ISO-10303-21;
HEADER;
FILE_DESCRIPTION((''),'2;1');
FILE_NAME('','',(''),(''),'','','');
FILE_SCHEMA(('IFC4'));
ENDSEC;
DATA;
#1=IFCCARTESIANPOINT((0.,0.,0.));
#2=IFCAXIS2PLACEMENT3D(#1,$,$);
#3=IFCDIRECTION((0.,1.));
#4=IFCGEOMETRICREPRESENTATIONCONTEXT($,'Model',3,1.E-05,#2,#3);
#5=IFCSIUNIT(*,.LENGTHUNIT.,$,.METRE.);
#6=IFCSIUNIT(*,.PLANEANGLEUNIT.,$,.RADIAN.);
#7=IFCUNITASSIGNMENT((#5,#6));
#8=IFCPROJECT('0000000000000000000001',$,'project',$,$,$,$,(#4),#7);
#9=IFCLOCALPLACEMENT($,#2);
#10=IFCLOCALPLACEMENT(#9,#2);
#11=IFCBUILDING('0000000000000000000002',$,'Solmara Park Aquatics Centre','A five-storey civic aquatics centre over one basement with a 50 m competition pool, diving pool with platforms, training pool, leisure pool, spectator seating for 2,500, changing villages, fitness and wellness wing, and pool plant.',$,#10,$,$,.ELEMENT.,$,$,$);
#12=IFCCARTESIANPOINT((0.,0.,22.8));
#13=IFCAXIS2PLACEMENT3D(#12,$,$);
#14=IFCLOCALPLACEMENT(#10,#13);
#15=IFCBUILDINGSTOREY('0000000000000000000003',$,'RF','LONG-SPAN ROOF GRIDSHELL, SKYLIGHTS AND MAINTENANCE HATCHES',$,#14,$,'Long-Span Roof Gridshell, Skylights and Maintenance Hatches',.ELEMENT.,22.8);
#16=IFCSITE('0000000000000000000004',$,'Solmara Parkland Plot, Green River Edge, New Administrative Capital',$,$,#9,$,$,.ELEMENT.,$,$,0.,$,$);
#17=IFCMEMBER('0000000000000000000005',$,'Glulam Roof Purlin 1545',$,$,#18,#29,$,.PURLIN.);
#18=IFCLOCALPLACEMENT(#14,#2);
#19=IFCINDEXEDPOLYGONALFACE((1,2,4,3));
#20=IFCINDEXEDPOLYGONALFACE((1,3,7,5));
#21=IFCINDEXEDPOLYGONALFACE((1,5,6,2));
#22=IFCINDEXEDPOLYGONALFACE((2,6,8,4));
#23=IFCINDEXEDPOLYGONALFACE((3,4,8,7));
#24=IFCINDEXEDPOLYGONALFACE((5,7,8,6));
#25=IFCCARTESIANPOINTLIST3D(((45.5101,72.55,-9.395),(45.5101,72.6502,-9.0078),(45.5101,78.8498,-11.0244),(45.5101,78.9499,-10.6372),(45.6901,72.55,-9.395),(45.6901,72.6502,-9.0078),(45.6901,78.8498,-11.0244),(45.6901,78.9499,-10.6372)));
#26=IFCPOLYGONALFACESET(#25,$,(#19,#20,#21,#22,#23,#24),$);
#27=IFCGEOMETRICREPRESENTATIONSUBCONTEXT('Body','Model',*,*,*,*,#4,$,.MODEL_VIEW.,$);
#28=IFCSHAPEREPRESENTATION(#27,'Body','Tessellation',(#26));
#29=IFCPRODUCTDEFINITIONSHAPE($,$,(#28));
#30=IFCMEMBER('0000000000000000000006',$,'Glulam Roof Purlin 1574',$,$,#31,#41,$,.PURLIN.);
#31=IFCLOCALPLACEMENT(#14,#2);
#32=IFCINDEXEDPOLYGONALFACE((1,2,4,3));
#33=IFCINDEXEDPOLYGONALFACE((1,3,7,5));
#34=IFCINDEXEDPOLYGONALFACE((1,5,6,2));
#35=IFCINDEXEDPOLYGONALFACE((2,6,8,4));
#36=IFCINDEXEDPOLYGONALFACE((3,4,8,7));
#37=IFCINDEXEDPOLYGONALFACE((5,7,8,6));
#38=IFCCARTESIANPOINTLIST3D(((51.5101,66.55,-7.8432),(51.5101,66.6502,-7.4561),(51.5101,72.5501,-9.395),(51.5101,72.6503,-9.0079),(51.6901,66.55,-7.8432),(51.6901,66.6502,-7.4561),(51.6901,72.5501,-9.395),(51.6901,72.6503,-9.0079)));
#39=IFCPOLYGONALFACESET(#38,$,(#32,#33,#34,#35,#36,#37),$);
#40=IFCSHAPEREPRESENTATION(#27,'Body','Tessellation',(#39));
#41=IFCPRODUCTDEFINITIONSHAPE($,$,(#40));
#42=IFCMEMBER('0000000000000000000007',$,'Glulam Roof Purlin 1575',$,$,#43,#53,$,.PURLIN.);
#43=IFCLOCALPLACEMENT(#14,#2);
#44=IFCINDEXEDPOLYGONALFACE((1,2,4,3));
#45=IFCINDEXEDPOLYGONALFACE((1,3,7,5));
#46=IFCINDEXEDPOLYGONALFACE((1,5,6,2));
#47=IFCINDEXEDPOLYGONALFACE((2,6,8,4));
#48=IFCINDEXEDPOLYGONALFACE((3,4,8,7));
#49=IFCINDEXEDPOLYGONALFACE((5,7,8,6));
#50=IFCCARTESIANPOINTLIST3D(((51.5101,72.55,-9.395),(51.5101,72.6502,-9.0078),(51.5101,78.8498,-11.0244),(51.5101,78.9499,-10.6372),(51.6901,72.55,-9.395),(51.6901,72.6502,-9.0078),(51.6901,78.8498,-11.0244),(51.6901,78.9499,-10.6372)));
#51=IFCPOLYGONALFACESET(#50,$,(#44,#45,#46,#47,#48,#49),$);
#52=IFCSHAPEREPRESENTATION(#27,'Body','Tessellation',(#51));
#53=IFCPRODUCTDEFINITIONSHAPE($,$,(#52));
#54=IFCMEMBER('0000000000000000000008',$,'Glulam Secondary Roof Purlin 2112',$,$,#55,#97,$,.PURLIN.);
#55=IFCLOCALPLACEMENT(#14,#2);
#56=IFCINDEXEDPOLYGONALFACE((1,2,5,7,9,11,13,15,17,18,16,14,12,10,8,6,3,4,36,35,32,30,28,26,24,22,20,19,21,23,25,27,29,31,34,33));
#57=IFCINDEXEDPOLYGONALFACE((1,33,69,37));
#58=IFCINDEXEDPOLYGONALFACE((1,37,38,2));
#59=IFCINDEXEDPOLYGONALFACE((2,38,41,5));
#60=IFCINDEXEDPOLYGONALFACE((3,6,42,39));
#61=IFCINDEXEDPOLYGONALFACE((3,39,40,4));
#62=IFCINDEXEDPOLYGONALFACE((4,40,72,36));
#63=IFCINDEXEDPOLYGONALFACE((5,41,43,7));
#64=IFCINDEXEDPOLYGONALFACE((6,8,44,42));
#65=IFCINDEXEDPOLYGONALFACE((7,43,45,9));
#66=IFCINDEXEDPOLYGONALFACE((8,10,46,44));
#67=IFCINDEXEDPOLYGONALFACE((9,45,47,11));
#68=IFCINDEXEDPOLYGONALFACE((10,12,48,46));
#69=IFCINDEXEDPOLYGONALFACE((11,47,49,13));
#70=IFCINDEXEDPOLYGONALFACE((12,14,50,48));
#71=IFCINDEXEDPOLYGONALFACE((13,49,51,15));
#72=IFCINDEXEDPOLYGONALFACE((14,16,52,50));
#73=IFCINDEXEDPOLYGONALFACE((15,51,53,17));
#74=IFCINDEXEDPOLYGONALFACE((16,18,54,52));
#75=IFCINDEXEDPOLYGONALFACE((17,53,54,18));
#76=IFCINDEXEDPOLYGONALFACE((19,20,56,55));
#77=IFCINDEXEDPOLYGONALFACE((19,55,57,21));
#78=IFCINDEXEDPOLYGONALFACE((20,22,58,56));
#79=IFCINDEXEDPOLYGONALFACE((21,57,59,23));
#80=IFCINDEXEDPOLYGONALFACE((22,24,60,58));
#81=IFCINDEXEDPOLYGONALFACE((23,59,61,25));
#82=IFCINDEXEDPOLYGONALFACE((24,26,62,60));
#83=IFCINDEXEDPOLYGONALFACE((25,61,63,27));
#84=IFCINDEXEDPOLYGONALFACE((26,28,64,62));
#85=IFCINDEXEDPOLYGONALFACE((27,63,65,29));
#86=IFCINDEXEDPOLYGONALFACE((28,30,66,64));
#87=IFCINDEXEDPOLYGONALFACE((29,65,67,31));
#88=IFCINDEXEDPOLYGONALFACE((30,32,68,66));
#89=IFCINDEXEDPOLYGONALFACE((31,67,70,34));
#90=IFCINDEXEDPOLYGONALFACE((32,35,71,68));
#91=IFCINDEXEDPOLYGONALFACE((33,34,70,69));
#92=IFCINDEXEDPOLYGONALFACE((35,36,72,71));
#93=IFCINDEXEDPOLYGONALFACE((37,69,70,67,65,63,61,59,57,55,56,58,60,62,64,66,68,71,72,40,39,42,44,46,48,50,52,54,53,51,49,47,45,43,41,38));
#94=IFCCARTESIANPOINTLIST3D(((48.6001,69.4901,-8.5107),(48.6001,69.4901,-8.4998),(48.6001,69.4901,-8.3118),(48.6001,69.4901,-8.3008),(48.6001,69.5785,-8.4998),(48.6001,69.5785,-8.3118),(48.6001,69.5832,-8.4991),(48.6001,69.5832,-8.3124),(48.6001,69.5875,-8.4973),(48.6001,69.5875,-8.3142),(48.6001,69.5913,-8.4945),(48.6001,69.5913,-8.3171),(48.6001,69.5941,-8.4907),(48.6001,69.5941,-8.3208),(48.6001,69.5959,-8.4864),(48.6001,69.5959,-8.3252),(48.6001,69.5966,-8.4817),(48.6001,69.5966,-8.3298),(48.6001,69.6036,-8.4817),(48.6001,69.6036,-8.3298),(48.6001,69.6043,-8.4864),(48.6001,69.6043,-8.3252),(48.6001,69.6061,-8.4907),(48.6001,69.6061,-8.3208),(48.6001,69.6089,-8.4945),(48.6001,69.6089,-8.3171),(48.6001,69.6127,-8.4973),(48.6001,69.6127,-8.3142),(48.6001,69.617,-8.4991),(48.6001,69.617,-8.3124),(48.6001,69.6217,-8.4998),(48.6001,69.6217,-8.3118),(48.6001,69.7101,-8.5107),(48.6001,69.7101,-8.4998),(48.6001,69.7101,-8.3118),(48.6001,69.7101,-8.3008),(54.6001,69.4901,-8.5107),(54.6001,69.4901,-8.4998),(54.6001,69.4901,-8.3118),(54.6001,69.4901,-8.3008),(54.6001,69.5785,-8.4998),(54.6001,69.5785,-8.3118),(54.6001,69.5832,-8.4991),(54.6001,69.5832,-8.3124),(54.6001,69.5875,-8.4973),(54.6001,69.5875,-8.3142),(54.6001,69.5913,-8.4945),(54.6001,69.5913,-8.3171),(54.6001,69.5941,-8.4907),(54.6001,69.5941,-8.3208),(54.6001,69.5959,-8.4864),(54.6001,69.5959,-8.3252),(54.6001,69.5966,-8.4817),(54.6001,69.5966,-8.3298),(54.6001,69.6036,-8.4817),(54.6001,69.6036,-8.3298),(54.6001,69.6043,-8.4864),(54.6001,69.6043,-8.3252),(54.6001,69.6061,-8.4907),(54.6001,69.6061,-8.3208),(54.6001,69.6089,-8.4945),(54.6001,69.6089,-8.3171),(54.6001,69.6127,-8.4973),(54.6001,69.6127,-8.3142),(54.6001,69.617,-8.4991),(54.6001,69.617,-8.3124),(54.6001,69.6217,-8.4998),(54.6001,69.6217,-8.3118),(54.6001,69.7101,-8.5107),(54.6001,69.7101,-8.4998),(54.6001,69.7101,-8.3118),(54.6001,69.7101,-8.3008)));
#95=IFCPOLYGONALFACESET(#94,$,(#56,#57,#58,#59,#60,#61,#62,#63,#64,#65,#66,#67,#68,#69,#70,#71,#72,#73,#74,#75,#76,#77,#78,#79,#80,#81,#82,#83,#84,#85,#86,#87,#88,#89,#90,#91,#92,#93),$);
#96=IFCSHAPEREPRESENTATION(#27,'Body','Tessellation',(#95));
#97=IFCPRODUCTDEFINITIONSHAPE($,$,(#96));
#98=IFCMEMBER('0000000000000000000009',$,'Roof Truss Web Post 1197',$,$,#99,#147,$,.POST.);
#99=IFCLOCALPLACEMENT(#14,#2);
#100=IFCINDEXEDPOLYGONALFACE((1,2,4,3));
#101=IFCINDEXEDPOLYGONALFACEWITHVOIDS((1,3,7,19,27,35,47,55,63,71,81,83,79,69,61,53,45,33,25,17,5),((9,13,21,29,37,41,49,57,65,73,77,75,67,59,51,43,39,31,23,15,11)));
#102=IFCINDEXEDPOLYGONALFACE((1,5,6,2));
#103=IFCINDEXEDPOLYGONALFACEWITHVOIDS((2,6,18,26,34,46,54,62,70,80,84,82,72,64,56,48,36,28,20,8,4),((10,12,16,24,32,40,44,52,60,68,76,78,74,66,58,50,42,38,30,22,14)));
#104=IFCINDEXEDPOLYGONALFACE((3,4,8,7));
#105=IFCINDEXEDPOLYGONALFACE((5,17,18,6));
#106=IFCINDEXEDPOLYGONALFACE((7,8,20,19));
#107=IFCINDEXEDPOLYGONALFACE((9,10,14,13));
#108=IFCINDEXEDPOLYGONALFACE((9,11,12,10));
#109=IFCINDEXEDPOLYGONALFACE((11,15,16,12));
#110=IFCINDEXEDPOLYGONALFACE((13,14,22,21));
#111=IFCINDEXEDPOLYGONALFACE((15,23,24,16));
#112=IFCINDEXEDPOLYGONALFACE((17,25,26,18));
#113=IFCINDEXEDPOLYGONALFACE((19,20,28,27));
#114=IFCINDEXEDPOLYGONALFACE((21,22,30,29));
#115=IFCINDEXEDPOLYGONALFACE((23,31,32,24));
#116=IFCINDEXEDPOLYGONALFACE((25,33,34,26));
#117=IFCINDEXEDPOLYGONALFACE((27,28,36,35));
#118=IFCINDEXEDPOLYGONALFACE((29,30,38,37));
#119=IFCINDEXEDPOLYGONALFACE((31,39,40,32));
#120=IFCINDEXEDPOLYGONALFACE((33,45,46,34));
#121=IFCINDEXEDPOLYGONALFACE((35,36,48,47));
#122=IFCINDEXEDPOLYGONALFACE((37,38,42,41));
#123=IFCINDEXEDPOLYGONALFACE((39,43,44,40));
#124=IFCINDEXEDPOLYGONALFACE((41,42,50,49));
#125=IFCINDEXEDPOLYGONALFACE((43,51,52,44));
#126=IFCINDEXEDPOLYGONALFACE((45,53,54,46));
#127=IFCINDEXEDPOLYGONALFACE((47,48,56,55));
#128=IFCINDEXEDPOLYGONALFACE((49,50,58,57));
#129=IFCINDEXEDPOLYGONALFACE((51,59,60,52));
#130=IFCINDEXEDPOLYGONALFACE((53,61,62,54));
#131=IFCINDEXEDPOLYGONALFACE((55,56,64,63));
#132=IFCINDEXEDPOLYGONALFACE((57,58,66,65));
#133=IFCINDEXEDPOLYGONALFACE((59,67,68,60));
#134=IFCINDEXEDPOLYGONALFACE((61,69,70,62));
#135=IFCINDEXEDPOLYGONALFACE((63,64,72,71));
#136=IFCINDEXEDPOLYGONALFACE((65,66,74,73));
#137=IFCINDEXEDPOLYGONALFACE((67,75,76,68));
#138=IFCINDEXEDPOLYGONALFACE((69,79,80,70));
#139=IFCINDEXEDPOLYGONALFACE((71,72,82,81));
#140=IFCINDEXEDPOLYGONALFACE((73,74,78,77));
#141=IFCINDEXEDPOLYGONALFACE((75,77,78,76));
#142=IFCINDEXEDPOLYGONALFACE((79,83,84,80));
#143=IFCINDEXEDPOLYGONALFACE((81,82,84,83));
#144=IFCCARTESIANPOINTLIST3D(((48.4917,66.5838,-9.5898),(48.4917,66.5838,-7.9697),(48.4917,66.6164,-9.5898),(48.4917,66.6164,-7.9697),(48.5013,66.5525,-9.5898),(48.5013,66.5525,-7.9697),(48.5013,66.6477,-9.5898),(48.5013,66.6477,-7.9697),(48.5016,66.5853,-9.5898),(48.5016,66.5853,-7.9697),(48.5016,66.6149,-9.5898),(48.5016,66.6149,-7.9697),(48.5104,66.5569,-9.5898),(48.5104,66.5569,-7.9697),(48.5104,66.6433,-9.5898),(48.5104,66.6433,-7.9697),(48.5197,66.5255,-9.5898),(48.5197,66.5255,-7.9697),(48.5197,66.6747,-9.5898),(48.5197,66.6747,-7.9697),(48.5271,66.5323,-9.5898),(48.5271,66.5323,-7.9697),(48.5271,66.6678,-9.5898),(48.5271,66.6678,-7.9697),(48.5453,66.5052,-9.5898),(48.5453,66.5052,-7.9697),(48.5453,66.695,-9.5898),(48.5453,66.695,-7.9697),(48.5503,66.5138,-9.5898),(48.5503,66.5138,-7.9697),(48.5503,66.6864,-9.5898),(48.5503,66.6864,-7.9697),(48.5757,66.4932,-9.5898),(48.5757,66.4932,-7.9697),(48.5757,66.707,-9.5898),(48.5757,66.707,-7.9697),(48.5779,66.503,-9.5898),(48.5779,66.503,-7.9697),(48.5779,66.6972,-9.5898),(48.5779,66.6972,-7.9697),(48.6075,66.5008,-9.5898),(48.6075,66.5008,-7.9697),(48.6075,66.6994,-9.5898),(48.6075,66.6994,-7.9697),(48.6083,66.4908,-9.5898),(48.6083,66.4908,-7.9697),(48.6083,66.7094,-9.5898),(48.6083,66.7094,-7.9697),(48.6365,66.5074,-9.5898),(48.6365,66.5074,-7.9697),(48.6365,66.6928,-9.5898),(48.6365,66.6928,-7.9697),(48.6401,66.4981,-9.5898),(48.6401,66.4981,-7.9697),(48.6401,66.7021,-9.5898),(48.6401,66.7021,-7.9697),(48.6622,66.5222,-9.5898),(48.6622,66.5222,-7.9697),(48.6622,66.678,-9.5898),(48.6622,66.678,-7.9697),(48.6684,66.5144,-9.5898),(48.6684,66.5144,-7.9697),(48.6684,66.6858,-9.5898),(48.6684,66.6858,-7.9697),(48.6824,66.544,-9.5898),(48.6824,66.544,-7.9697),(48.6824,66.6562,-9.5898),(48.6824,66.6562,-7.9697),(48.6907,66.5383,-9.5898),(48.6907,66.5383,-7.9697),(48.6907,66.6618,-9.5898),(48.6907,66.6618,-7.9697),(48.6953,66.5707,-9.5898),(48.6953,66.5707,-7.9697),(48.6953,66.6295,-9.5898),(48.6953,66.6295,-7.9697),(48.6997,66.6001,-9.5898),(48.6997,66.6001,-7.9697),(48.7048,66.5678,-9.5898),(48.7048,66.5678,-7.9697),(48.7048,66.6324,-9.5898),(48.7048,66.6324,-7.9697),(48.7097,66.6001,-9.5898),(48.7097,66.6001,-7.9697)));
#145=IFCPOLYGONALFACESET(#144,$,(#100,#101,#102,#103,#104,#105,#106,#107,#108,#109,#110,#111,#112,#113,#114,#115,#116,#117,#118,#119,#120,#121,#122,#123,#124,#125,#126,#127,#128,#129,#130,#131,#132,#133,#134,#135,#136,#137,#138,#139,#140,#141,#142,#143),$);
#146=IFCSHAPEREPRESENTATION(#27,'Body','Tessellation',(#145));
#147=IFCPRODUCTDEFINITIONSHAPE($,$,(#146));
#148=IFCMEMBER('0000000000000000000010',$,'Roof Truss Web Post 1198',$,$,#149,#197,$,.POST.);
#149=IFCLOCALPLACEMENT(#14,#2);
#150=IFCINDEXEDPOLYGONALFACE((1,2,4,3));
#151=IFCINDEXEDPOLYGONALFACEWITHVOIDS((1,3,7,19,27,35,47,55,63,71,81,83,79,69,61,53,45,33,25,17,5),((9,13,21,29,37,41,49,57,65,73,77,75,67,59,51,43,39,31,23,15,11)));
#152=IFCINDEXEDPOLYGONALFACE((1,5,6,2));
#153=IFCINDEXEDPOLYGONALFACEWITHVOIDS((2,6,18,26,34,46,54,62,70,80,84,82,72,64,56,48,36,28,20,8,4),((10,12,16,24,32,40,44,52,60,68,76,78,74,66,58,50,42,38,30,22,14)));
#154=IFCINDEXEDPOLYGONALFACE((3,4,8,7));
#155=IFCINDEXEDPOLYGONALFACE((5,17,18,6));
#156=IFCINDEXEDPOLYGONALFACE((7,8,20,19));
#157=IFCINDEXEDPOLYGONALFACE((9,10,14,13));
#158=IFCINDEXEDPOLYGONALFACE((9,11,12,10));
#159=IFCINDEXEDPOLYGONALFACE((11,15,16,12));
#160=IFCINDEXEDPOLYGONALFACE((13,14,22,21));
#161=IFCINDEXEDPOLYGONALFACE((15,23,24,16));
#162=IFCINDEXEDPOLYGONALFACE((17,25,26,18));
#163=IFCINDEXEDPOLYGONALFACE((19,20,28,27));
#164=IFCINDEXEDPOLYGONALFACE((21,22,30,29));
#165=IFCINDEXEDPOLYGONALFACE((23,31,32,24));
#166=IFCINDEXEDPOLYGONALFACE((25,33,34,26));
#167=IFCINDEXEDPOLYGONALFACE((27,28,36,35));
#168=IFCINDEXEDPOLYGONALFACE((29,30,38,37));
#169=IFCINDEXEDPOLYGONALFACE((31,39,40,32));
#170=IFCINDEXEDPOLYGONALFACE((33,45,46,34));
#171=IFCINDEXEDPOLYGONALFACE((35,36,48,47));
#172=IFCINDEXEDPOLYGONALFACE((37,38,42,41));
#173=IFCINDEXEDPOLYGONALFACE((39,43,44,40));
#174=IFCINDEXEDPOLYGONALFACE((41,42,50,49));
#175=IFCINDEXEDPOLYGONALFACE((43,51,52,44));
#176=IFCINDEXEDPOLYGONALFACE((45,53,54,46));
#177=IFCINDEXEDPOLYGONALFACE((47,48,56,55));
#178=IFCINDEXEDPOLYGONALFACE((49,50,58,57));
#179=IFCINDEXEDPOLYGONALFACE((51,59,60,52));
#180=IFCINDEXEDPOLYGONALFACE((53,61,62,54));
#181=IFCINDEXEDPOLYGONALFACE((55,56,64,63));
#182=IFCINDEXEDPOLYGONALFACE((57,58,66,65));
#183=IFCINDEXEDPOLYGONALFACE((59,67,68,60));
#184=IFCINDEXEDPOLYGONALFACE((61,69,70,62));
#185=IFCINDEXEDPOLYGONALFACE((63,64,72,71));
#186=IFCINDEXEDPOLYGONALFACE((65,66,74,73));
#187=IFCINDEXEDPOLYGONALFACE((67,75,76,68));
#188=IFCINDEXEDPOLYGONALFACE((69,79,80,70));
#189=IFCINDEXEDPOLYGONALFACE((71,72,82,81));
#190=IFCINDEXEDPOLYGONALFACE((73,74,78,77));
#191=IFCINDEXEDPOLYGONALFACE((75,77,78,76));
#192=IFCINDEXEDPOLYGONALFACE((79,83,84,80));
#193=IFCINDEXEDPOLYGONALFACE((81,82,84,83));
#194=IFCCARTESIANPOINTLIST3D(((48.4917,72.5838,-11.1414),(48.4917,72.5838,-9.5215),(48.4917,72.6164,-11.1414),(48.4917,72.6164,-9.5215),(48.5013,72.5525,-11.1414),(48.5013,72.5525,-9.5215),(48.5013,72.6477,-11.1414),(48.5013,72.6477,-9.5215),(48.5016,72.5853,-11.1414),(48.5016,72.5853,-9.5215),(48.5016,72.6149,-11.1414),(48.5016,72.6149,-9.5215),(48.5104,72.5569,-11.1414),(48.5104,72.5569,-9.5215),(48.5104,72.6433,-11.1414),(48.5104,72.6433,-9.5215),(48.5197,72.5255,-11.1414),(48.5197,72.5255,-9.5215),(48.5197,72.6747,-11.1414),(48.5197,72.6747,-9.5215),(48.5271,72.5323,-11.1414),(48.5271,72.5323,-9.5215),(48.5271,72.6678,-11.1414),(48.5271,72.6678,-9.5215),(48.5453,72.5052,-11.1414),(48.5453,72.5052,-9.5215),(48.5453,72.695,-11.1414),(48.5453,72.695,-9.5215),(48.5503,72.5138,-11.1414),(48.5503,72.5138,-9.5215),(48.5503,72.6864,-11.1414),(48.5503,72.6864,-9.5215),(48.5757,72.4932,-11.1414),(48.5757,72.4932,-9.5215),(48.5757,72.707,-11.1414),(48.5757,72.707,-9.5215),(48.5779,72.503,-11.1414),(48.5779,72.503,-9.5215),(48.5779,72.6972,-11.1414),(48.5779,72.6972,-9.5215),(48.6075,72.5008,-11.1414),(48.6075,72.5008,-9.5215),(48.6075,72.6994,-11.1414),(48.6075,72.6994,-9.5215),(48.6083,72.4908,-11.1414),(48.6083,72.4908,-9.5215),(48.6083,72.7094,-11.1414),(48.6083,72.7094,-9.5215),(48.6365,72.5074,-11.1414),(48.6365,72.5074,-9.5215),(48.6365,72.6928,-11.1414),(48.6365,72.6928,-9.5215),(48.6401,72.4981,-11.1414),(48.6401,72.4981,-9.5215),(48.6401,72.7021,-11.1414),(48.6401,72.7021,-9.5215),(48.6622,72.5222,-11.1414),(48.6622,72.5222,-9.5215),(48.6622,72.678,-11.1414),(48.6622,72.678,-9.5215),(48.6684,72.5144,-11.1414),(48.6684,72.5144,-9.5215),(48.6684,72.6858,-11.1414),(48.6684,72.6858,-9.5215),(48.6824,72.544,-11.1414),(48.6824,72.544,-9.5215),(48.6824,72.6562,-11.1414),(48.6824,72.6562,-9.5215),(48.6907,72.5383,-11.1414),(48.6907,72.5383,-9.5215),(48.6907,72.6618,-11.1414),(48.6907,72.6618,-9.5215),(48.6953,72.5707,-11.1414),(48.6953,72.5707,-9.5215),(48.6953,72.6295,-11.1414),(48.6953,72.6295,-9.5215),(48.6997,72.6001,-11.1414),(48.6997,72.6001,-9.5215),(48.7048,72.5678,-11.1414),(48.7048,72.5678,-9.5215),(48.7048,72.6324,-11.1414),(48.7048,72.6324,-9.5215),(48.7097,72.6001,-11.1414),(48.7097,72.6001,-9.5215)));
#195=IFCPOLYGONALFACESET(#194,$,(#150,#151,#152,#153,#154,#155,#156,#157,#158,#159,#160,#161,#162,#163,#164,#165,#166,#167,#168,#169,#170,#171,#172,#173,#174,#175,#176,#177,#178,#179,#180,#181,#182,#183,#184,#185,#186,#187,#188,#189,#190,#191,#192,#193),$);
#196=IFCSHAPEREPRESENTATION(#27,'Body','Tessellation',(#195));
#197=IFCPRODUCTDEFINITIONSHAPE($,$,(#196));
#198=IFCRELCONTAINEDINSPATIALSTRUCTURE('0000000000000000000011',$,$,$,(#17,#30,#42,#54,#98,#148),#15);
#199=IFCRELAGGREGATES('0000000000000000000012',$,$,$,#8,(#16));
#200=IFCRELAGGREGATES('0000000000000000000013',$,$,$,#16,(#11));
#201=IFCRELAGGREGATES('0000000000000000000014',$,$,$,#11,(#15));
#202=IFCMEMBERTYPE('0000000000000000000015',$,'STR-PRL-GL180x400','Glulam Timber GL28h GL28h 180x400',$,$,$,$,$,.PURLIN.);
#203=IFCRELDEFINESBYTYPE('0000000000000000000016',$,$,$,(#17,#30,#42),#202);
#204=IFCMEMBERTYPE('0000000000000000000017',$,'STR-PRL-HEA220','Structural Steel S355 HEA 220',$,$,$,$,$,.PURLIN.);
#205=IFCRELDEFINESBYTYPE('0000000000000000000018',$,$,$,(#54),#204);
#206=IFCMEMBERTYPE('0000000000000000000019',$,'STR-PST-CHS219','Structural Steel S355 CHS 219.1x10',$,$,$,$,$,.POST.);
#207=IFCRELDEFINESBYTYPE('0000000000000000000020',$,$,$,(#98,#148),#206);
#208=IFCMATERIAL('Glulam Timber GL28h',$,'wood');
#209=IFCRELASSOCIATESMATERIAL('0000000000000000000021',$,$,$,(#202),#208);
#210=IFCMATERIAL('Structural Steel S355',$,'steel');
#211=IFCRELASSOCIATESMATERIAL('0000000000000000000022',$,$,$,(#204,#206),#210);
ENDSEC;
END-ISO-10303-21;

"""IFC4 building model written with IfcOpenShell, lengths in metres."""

from ifc_helpers import new_model, si_unit, direction, frame, origin, origin_2d, place, context, subcontext, project, spatial, rectangle, hollow_circle, i_section, extrude, material, material_profile, profile_set, type_object, element, save


model = new_model("IFC4")

# Units and contexts
model_context = context("Model", 3, precision=1e-05, world=origin(), true_north=direction((0.0, 1.0)))
body_context = subcontext(model_context, "Body", "Model", "MODEL_VIEW")
ifc_project = project(units=[si_unit("LENGTHUNIT", "METRE"), si_unit("PLANEANGLEUNIT", "RADIAN")], contexts=[model_context])

# Site, building, storey
site_placement = place(None, origin())
site = spatial("IfcSite", under=ifc_project, at=site_placement, Name="Solmara Parkland Plot, Green River Edge, New Administrative Capital", CompositionType="ELEMENT", RefElevation=0.0)
building_placement = place(site_placement, origin())
building = spatial("IfcBuilding", under=site, at=building_placement, Name="Solmara Park Aquatics Centre", Description="A five-storey civic aquatics centre over one basement with a 50 m competition pool, diving pool with platforms, training pool, leisure pool, spectator seating for 2,500, changing villages, fitness and wellness wing, and pool plant.", CompositionType="ELEMENT")
storey_placement = place(building_placement, frame((0.0, 0.0, 22.8)))
storey = spatial("IfcBuildingStorey", under=building, at=storey_placement, Name="RF", Description="LONG-SPAN ROOF GRIDSHELL, SKYLIGHTS AND MAINTENANCE HATCHES", LongName="Long-Span Roof Gridshell, Skylights and Maintenance Hatches", CompositionType="ELEMENT", Elevation=22.8)

# Members
ifc_material_1 = material(Name="Structural Steel S355", Category="steel")
ifc_material_2 = material(Name="Glulam Timber GL28h", Category="wood")
ifc_material_profile_1 = material_profile(ifc_material_2, rectangle(XDim=0.1799, YDim=0.3999, at=origin_2d()), Name="GL28h 180x400")
ifc_profile_set_1 = profile_set([ifc_material_profile_1], Name="Glulam Timber GL28h")
member_type_1 = type_object("IfcMemberType", Name="STR-PRL-GL180x400", Description="Glulam Timber GL28h GL28h 180x400", PredefinedType="PURLIN", material=ifc_profile_set_1)
member_1_placement = place(storey_placement, frame((45.6001, 72.6001, -9.2014), z_axis=(0.0, 0.968142, -0.250402), x_axis=(-1.0, 0.0, 0.0)))
element("IfcMember", 1, at=member_1_placement, inside=storey, type_object=member_type_1, Name="Glulam Roof Purlin 1545", PredefinedType="PURLIN", context=body_context, shape_type="SweptSolid", body=[
    extrude(rectangle(XDim=0.1799, YDim=0.3999, at=origin_2d()), origin(), (0.0, 0.0, 1.0), 6.5071),
])
member_2_placement = place(storey_placement, frame((51.6001, 66.6001, -7.6497), z_axis=(0.0, 0.968146, -0.250388), x_axis=(-1.0, 0.0, 0.0)))
element("IfcMember", 2, at=member_2_placement, inside=storey, type_object=member_type_1, Name="Glulam Roof Purlin 1574", PredefinedType="PURLIN", context=body_context, shape_type="SweptSolid", body=[
    extrude(rectangle(XDim=0.1799, YDim=0.3999, at=origin_2d()), origin(), (0.0, 0.0, 1.0), 6.1975),
])
member_3_placement = place(storey_placement, frame((51.6001, 72.6001, -9.2014), z_axis=(0.0, 0.968142, -0.250402), x_axis=(-1.0, 0.0, 0.0)))
element("IfcMember", 3, at=member_3_placement, inside=storey, type_object=member_type_1, Name="Glulam Roof Purlin 1575", PredefinedType="PURLIN", context=body_context, shape_type="SweptSolid", body=[
    extrude(rectangle(XDim=0.1799, YDim=0.3999, at=origin_2d()), origin(), (0.0, 0.0, 1.0), 6.5071),
])
ifc_material_profile_2 = material_profile(ifc_material_1, i_section(OverallWidth=0.22, OverallDepth=0.21, WebThickness=0.0071, FlangeThickness=0.011, FilletRadius=0.0181, at=origin_2d()), Name="HEA 220")
ifc_profile_set_2 = profile_set([ifc_material_profile_2], Name="Structural Steel S355")
member_type_2 = type_object("IfcMemberType", Name="STR-PRL-HEA220", Description="Structural Steel S355 HEA 220", PredefinedType="PURLIN", material=ifc_profile_set_2)
member_4_placement = place(storey_placement, frame((48.6001, 69.6001, -8.4058), z_axis=(1.0, 0.0, 0.0), x_axis=(0.0, 1.0, 0.0)))
element("IfcMember", 4, at=member_4_placement, inside=storey, type_object=member_type_2, Name="Glulam Secondary Roof Purlin 2112", PredefinedType="PURLIN", context=body_context, shape_type="SweptSolid", body=[
    extrude(i_section(OverallWidth=0.22, OverallDepth=0.21, WebThickness=0.0071, FlangeThickness=0.011, FilletRadius=0.0181, at=origin_2d()), origin(), (0.0, 0.0, 1.0), 6.0),
])
ifc_material_profile_3 = material_profile(ifc_material_1, hollow_circle(Radius=0.1096, WallThickness=0.01, at=origin_2d()), Name="CHS 219.1x10")
ifc_profile_set_3 = profile_set([ifc_material_profile_3], Name="Structural Steel S355")
member_type_3 = type_object("IfcMemberType", Name="STR-PST-CHS219", Description="Structural Steel S355 CHS 219.1x10", PredefinedType="POST", material=ifc_profile_set_3)
member_5_placement = place(storey_placement, frame((48.6001, 66.6001, -9.5898), z_axis=(0.0, 0.0, 1.0), x_axis=(1.0, 0.0, 0.0)))
element("IfcMember", 5, at=member_5_placement, inside=storey, type_object=member_type_3, Name="Roof Truss Web Post 1197", PredefinedType="POST", context=body_context, shape_type="SweptSolid", body=[
    extrude(hollow_circle(Radius=0.1096, WallThickness=0.01, at=origin_2d()), origin(), (0.0, 0.0, 1.0), 1.6201),
])
member_6_placement = place(storey_placement, frame((48.6001, 72.6001, -11.1414), z_axis=(0.0, 0.0, 1.0), x_axis=(1.0, 0.0, 0.0)))
element("IfcMember", 6, at=member_6_placement, inside=storey, type_object=member_type_3, Name="Roof Truss Web Post 1198", PredefinedType="POST", context=body_context, shape_type="SweptSolid", body=[
    extrude(hollow_circle(Radius=0.1096, WallThickness=0.01, at=origin_2d()), origin(), (0.0, 0.0, 1.0), 1.6199),
])

save(model, "model.ifc")
